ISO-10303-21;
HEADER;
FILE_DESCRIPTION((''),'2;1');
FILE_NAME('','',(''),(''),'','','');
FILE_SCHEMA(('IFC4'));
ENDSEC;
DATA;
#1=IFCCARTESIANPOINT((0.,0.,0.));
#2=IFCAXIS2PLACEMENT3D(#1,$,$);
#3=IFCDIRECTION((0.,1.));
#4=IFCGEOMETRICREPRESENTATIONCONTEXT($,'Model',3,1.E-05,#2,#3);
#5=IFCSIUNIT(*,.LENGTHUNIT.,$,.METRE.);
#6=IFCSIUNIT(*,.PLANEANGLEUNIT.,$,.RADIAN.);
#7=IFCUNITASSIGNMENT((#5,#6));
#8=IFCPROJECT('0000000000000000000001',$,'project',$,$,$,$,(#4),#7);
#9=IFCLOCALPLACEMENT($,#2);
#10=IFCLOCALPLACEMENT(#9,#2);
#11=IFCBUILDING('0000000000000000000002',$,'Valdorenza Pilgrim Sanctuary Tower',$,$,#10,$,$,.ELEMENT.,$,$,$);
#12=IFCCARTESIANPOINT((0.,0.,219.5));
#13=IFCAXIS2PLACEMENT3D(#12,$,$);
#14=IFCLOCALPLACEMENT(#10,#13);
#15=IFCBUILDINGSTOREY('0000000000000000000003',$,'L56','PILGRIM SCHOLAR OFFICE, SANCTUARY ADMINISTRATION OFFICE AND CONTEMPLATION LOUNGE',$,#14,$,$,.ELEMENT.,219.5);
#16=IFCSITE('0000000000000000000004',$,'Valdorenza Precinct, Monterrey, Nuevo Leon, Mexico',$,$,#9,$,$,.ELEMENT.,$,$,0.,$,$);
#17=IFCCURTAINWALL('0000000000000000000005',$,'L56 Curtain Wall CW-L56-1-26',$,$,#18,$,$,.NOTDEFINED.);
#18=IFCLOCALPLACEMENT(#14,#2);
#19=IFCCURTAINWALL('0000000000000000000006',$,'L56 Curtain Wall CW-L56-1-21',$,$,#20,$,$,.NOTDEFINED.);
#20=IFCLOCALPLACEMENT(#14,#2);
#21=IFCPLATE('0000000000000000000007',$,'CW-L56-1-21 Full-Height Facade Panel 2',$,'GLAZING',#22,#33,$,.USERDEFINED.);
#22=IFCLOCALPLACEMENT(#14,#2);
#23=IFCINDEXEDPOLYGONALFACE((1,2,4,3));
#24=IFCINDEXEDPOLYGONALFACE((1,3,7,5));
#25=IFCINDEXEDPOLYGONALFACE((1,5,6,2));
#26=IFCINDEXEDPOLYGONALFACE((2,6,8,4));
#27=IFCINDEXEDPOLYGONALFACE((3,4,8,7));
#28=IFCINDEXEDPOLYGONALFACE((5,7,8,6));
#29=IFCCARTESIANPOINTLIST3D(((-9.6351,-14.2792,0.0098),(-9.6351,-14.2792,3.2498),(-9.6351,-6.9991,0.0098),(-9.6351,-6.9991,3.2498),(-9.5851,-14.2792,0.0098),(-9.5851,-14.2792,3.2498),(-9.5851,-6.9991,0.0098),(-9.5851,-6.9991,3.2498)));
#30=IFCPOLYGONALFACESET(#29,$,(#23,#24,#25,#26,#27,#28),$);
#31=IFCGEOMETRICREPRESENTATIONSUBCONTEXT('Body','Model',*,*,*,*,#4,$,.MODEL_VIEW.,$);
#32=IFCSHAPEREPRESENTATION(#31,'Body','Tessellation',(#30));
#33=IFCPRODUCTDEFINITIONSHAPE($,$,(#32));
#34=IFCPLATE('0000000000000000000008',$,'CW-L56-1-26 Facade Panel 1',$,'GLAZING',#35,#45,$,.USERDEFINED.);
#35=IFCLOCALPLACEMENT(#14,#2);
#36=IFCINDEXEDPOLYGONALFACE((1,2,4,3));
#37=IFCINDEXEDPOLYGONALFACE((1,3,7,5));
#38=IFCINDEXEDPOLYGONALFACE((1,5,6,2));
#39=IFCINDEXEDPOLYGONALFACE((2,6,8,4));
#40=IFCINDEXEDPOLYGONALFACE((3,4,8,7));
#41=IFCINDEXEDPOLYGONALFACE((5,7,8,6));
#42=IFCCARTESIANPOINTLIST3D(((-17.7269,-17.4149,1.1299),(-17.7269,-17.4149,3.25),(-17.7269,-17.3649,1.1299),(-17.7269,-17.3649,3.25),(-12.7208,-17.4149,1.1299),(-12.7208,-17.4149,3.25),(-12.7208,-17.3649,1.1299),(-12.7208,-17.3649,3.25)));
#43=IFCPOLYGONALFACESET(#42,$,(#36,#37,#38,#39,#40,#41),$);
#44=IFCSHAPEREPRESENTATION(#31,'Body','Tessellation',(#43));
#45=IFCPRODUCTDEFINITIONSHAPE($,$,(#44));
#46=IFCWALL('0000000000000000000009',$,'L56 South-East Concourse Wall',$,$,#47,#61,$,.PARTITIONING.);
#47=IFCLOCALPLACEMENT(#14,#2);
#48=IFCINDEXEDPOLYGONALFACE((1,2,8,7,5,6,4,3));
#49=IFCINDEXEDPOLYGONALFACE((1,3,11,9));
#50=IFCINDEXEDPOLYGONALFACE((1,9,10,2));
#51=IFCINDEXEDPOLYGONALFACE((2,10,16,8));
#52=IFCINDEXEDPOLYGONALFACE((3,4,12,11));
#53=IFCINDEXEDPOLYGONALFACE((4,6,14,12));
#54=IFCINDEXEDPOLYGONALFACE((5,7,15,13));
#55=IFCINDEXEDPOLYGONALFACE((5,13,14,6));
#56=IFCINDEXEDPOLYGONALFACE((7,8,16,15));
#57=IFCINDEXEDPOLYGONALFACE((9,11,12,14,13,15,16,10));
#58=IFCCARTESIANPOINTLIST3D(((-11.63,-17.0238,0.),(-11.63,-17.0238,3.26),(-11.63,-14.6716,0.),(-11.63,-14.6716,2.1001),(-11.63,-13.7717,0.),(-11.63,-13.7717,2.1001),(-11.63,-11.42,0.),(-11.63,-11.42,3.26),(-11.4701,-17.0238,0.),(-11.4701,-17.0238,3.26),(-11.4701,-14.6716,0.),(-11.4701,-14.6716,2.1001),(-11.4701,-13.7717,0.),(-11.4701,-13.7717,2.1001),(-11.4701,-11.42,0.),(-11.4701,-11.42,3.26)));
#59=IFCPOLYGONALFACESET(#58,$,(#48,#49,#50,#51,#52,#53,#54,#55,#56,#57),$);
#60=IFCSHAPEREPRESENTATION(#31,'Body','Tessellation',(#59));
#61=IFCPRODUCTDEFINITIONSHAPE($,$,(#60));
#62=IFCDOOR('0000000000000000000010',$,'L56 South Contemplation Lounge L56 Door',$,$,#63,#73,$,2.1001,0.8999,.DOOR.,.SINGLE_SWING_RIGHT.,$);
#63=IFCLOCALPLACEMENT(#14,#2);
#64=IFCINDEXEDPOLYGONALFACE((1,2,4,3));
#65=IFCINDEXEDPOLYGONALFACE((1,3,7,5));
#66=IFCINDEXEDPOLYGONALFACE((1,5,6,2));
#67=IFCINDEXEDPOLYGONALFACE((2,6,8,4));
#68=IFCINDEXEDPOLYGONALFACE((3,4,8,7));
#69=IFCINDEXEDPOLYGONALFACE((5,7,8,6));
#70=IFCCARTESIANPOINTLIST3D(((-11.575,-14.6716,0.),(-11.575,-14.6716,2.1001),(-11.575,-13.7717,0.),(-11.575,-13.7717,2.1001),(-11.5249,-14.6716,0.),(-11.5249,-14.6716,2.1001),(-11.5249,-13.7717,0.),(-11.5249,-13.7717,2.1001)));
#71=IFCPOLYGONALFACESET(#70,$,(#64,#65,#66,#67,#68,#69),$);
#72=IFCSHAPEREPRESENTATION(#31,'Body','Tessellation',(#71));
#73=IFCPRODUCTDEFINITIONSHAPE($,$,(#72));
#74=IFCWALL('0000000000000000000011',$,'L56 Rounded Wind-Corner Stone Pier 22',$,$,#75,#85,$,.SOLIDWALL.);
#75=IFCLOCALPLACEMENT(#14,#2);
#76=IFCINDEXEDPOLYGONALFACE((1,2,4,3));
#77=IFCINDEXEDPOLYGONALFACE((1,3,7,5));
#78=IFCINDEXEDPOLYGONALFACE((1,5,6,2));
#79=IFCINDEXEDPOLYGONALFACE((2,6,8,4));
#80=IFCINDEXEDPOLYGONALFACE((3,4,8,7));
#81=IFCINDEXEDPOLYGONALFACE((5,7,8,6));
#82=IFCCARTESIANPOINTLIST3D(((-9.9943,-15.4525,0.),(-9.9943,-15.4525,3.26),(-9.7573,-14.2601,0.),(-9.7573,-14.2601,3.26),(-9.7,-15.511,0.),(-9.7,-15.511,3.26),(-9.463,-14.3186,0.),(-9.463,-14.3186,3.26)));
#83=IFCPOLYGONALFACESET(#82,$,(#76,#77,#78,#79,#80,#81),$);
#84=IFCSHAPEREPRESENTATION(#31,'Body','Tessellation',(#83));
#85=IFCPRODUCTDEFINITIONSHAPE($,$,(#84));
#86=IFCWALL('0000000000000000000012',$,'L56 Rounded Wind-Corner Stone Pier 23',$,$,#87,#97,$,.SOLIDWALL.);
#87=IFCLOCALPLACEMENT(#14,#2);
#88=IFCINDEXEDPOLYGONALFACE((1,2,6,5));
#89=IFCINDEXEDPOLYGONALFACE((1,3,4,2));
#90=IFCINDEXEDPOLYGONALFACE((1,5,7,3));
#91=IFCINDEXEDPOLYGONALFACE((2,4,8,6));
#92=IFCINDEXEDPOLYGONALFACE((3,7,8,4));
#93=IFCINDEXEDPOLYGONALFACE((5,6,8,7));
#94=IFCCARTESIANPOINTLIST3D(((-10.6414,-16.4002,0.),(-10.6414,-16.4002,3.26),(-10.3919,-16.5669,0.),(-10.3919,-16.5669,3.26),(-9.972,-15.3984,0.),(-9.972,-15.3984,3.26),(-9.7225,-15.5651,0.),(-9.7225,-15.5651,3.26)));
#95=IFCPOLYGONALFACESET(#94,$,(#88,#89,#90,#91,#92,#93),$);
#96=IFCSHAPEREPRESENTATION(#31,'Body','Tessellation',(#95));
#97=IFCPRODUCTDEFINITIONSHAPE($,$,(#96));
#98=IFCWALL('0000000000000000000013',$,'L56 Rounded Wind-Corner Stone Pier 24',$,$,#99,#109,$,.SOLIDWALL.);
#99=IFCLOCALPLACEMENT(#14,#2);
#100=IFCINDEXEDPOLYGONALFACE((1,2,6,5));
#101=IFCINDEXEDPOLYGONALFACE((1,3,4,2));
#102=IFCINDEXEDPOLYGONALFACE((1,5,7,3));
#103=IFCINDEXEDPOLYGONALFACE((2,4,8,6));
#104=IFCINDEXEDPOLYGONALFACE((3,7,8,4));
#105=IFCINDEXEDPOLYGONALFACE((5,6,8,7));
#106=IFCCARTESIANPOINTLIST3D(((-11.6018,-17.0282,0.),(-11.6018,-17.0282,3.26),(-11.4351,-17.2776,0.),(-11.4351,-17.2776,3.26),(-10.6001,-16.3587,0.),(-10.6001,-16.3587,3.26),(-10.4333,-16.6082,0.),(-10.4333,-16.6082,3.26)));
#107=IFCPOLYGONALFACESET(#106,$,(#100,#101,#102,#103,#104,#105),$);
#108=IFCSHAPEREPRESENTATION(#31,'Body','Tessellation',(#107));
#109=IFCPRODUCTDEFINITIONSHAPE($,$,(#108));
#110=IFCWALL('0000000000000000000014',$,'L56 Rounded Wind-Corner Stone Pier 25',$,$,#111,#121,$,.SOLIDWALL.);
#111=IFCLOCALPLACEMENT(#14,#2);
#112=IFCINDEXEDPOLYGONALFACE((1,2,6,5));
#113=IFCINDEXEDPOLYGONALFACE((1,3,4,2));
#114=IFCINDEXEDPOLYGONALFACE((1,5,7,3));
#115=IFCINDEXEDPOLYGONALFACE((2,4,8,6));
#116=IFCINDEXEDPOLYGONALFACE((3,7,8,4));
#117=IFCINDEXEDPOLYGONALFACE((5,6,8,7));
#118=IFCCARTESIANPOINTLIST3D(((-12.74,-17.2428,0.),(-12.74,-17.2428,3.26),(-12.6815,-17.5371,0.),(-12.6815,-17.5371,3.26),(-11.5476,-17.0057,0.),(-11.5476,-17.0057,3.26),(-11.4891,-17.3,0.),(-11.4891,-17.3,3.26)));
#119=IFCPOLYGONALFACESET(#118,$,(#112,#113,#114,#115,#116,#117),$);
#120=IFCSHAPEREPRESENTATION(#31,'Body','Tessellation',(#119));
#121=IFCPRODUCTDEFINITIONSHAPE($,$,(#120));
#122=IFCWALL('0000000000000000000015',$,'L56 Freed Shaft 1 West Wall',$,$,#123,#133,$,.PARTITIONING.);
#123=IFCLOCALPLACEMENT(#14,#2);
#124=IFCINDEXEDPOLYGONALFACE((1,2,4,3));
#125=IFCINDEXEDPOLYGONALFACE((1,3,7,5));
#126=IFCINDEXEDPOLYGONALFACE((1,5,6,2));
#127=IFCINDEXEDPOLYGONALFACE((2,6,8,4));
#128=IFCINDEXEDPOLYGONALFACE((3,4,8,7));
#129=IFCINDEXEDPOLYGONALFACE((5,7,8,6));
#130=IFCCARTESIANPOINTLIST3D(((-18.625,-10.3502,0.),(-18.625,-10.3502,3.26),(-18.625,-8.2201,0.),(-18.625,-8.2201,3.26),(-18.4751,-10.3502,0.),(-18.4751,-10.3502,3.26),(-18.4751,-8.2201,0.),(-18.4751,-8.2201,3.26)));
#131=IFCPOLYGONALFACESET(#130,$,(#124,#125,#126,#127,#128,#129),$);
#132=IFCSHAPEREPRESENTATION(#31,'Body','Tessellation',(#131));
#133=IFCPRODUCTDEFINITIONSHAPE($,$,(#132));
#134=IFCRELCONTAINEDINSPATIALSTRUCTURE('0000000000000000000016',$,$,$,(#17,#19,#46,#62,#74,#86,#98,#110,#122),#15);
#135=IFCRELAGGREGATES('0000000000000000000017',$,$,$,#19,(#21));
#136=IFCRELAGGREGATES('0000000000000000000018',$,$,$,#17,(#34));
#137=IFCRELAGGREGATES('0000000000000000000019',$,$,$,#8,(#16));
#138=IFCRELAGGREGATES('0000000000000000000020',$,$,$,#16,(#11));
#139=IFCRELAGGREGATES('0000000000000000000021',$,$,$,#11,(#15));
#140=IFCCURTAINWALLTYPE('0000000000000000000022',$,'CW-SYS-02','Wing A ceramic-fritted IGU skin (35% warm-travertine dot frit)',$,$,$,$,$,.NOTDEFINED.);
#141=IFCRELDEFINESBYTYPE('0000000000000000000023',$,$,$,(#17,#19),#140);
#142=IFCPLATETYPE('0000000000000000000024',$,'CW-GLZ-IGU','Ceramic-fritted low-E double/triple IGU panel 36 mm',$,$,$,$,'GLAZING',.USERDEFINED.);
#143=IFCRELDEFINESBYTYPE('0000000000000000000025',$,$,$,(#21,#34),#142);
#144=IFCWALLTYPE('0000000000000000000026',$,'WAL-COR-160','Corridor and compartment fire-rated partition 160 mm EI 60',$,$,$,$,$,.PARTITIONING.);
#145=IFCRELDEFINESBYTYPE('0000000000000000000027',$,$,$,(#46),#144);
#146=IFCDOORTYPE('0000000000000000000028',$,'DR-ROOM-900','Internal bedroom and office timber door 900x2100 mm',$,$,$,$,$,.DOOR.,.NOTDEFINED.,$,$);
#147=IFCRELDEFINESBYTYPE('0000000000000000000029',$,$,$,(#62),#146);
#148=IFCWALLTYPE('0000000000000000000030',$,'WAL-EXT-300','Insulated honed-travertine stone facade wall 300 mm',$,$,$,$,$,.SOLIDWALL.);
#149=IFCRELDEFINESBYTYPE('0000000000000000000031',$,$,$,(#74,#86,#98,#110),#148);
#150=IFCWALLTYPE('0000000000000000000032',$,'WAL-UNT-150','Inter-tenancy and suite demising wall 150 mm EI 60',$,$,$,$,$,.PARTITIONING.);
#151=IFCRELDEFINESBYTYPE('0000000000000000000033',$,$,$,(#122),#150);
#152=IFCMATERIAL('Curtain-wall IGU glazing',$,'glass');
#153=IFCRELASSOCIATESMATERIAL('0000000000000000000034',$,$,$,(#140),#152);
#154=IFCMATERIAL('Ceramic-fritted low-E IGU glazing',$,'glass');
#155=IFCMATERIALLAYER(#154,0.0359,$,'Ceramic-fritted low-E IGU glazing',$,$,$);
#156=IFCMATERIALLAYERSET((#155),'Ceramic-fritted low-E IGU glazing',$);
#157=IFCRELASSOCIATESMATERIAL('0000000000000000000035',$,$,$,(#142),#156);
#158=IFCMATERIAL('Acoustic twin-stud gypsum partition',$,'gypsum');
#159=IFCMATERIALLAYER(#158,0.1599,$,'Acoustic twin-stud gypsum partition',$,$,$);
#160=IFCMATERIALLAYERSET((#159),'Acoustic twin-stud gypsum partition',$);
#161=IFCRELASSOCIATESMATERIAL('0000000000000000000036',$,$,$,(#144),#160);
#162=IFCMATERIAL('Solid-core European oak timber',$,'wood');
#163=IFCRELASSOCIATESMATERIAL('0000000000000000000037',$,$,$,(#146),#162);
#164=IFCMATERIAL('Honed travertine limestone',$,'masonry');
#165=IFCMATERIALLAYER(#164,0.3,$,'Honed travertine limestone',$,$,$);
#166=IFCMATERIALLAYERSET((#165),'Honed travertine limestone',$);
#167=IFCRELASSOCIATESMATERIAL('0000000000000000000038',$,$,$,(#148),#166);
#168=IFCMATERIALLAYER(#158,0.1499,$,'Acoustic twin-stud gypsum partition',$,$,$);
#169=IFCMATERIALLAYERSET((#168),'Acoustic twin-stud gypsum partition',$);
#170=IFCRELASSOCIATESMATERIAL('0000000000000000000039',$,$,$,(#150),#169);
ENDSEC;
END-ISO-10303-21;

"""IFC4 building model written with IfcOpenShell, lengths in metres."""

from ifc_helpers import new_model, si_unit, direction, frame, frame_2d, origin, origin_2d, place, context, subcontext, project, spatial, rectangle, extrude, source, transform, mapped, material, layer, layer_set, type_object, element, fill, aggregate, save


model = new_model("IFC4")

# Units and contexts
model_context = context("Model", 3, precision=1e-05, world=origin(), true_north=direction((0.0, 1.0)))
body_context = subcontext(model_context, "Body", "Model", "MODEL_VIEW")
ifc_project = project(units=[si_unit("LENGTHUNIT", "METRE"), si_unit("PLANEANGLEUNIT", "RADIAN")], contexts=[model_context])

# Site, building, storey
site_placement = place(None, origin())
site = spatial("IfcSite", under=ifc_project, at=site_placement, Name="Valdorenza Precinct, Monterrey, Nuevo Leon, Mexico", CompositionType="ELEMENT", RefElevation=0.0)
building_placement = place(site_placement, origin())
building = spatial("IfcBuilding", under=site, at=building_placement, Name="Valdorenza Pilgrim Sanctuary Tower", CompositionType="ELEMENT")
storey_placement = place(building_placement, frame((0.0, 0.0, 219.5)))
storey = spatial("IfcBuildingStorey", under=building, at=storey_placement, Name="L56", Description="PILGRIM SCHOLAR OFFICE, SANCTUARY ADMINISTRATION OFFICE AND CONTEMPLATION LOUNGE", CompositionType="ELEMENT", Elevation=219.5)

# Curtain walls
ifc_material_1 = material(Name="Curtain-wall IGU glazing", Category="glass")
curtain_wall_type = type_object("IfcCurtainWallType", Name="CW-SYS-02", Description="Wing A ceramic-fritted IGU skin (35% warm-travertine dot frit)", PredefinedType="NOTDEFINED", material=ifc_material_1)
curtain_wall_1_placement = place(storey_placement, origin())
curtain_wall_1 = element("IfcCurtainWall", 1, at=curtain_wall_1_placement, inside=storey, type_object=curtain_wall_type, Name="L56 Curtain Wall CW-L56-1-26", PredefinedType="NOTDEFINED")
curtain_wall_2_placement = place(storey_placement, origin())
curtain_wall_2 = element("IfcCurtainWall", 2, at=curtain_wall_2_placement, inside=storey, type_object=curtain_wall_type, Name="L56 Curtain Wall CW-L56-1-21", PredefinedType="NOTDEFINED")

# Plates
ifc_material_2 = material(Name="Honed travertine limestone", Category="masonry")
ifc_material_3 = material(Name="Ceramic-fritted low-E IGU glazing", Category="glass")
ifc_layer_1 = layer(ifc_material_3, 0.0359, Name="Ceramic-fritted low-E IGU glazing")
ifc_layer_set_1 = layer_set([ifc_layer_1], Name="Ceramic-fritted low-E IGU glazing")
plate_type_1 = type_object("IfcPlateType", Name="CW-GLZ-IGU", Description="Ceramic-fritted low-E double/triple IGU panel 36 mm", ElementType="GLAZING", PredefinedType="USERDEFINED", material=ifc_layer_set_1)
shared_shape_1 = source(origin(), body_context, "Body", "SweptSolid", [
    extrude(rectangle(XDim=7.28, YDim=0.05, at=origin_2d()), origin(), (0.0, 0.0, 1.0), 3.24),
])
plate_1_placement = place(storey_placement, frame((-9.6101, -10.6392, 0.0098), z_axis=(0.0, 0.0, 1.0), x_axis=(0.0, -1.0, 0.0)))
plate_1 = element("IfcPlate", 3, at=plate_1_placement, type_object=plate_type_1, Name="CW-L56-1-21 Full-Height Facade Panel 2", ObjectType="GLAZING", PredefinedType="USERDEFINED", context=body_context, shape_type="MappedRepresentation", body=[
    mapped(shared_shape_1, transform((0.0, 0.0, 0.0), x_axis=(1.0, 0.0, 0.0), y_axis=(0.0, 1.0, 0.0), z_axis=(0.0, 0.0, 1.0), scale=1.0)),
])
aggregate(curtain_wall_2, [plate_1])
shared_shape_2 = source(origin(), body_context, "Body", "SweptSolid", [
    extrude(rectangle(XDim=5.0061, YDim=0.05, at=origin_2d()), origin(), (0.0, 0.0, 1.0), 2.1201),
])
plate_2_placement = place(storey_placement, frame((-15.2239, -17.3899, 1.1299), z_axis=(0.0, 0.0, 1.0), x_axis=(-1.0, 0.0, 0.0)))
plate_2 = element("IfcPlate", 4, at=plate_2_placement, type_object=plate_type_1, Name="CW-L56-1-26 Facade Panel 1", ObjectType="GLAZING", PredefinedType="USERDEFINED", context=body_context, shape_type="MappedRepresentation", body=[
    mapped(shared_shape_2, transform((0.0, 0.0, 0.0), x_axis=(1.0, 0.0, 0.0), y_axis=(0.0, 1.0, 0.0), z_axis=(0.0, 0.0, 1.0), scale=1.0)),
])
aggregate(curtain_wall_1, [plate_2])

# Wall, opening, door
ifc_material_4 = material(Name="Acoustic twin-stud gypsum partition", Category="gypsum")
ifc_layer_2 = layer(ifc_material_4, 0.1599, Name="Acoustic twin-stud gypsum partition")
ifc_layer_set_2 = layer_set([ifc_layer_2], Name="Acoustic twin-stud gypsum partition")
wall_type_1 = type_object("IfcWallType", Name="WAL-COR-160", Description="Corridor and compartment fire-rated partition 160 mm EI 60", PredefinedType="PARTITIONING", material=ifc_layer_set_2)
wall_1_placement = place(storey_placement, frame((-11.55, -17.0237, 0.0), z_axis=(0.0, 0.0, 1.0), x_axis=(0.0, 1.0, 0.0)))
wall_1 = element("IfcWall", 5, at=wall_1_placement, inside=storey, type_object=wall_type_1, Name="L56 South-East Concourse Wall", PredefinedType="PARTITIONING", context=body_context, shape_type="SweptSolid", body=[
    extrude(rectangle(XDim=5.6038, YDim=0.1599, at=frame_2d((2.8018, 0.0))), origin(), (0.0, 0.0, 1.0), 3.26),
])
opening_placement = place(wall_1_placement, frame((2.3521, 0.0, 0.0)))
opening = element("IfcOpeningElement", 6, at=opening_placement, cuts=wall_1, PredefinedType="OPENING", context=body_context, shape_type="SweptSolid", body=[
    extrude(rectangle(XDim=0.8999, YDim=2.1001, at=frame_2d((0.45, 1.05))), frame((0.0, 0.0947, 0.0), z_axis=(0.0, -1.0, 0.0), x_axis=(1.0, 0.0, 0.0)), (0.0, 0.0, 1.0), 0.1897),
])
ifc_material_5 = material(Name="Solid-core European oak timber", Category="wood")
door_type = type_object("IfcDoorType", Name="DR-ROOM-900", Description="Internal bedroom and office timber door 900x2100 mm", OperationType="NOTDEFINED", PredefinedType="DOOR", material=ifc_material_5)
door_placement = place(opening_placement, origin())
door = element("IfcDoor", 7, at=door_placement, inside=storey, type_object=door_type, Name="L56 South Contemplation Lounge L56 Door", OperationType="SINGLE_SWING_RIGHT", OverallHeight=2.1001, OverallWidth=0.8999, PredefinedType="DOOR", context=body_context, shape_type="SweptSolid", body=[
    extrude(rectangle(XDim=0.8999, YDim=2.1001, at=frame_2d((0.45, 1.05))), frame((0.0, 0.0249, 0.0), z_axis=(0.0, -1.0, 0.0), x_axis=(1.0, 0.0, 0.0)), (0.0, 0.0, 1.0), 0.05),
])
fill(opening, door)

# Walls
ifc_layer_3 = layer(ifc_material_2, 0.3, Name="Honed travertine limestone")
ifc_layer_set_3 = layer_set([ifc_layer_3], Name="Honed travertine limestone")
wall_type_2 = type_object("IfcWallType", Name="WAL-EXT-300", Description="Insulated honed-travertine stone facade wall 300 mm", PredefinedType="SOLIDWALL", material=ifc_layer_set_3)
wall_2_placement = place(storey_placement, frame((-9.6101, -14.2893, 0.0), z_axis=(0.0, 0.0, 1.0), x_axis=(-0.194996, -0.980804, 0.0)))
element("IfcWall", 8, at=wall_2_placement, inside=storey, type_object=wall_type_2, Name="L56 Rounded Wind-Corner Stone Pier 22", PredefinedType="SOLIDWALL", context=body_context, shape_type="SweptSolid", body=[
    extrude(rectangle(XDim=1.2158, YDim=0.3, at=frame_2d((0.6079, 0.0))), origin(), (0.0, 0.0, 1.0), 3.26),
])
for number, where, z_axis, x_axis, name in (
    (9, (-9.8472, -15.4817, 0.0), (0.0, 0.0, 1.0), (-0.555635, -0.831426, 0.0), "L56 Rounded Wind-Corner Stone Pier 23"),
    (10, (-10.5166, -16.4834, 0.0), (0.0, 0.0, 1.0), (-0.831426, -0.555635, 0.0), "L56 Rounded Wind-Corner Stone Pier 24"),
):
    element("IfcWall", number, at=place(storey_placement, frame(where, z_axis=z_axis, x_axis=x_axis)), inside=storey, type_object=wall_type_2, Name=name, PredefinedType="SOLIDWALL", context=body_context, shape_type="SweptSolid", body=[
        extrude(rectangle(XDim=1.2048, YDim=0.3, at=frame_2d((0.6025, 0.0))), origin(), (0.0, 0.0, 1.0), 3.26),
    ])
wall_3_placement = place(storey_placement, frame((-11.5183, -17.1528, 0.0), z_axis=(0.0, 0.0, 1.0), x_axis=(-0.980804, -0.194996, 0.0)))
element("IfcWall", 11, at=wall_3_placement, inside=storey, type_object=wall_type_2, Name="L56 Rounded Wind-Corner Stone Pier 25", PredefinedType="SOLIDWALL", context=body_context, shape_type="SweptSolid", body=[
    extrude(rectangle(XDim=1.2158, YDim=0.3, at=frame_2d((0.6079, 0.0))), origin(), (0.0, 0.0, 1.0), 3.26),
])
ifc_layer_4 = layer(ifc_material_4, 0.1499, Name="Acoustic twin-stud gypsum partition")
ifc_layer_set_4 = layer_set([ifc_layer_4], Name="Acoustic twin-stud gypsum partition")
wall_type_3 = type_object("IfcWallType", Name="WAL-UNT-150", Description="Inter-tenancy and suite demising wall 150 mm EI 60", PredefinedType="PARTITIONING", material=ifc_layer_set_4)
wall_4_placement = place(storey_placement, frame((-18.55, -10.3501, 0.0), z_axis=(0.0, 0.0, 1.0), x_axis=(0.0, 1.0, 0.0)))
element("IfcWall", 12, at=wall_4_placement, inside=storey, type_object=wall_type_3, Name="L56 Freed Shaft 1 West Wall", PredefinedType="PARTITIONING", context=body_context, shape_type="SweptSolid", body=[
    extrude(rectangle(XDim=2.1301, YDim=0.1499, at=frame_2d((1.0649, 0.0))), origin(), (0.0, 0.0, 1.0), 3.26),
])

save(model, "model.ifc")
